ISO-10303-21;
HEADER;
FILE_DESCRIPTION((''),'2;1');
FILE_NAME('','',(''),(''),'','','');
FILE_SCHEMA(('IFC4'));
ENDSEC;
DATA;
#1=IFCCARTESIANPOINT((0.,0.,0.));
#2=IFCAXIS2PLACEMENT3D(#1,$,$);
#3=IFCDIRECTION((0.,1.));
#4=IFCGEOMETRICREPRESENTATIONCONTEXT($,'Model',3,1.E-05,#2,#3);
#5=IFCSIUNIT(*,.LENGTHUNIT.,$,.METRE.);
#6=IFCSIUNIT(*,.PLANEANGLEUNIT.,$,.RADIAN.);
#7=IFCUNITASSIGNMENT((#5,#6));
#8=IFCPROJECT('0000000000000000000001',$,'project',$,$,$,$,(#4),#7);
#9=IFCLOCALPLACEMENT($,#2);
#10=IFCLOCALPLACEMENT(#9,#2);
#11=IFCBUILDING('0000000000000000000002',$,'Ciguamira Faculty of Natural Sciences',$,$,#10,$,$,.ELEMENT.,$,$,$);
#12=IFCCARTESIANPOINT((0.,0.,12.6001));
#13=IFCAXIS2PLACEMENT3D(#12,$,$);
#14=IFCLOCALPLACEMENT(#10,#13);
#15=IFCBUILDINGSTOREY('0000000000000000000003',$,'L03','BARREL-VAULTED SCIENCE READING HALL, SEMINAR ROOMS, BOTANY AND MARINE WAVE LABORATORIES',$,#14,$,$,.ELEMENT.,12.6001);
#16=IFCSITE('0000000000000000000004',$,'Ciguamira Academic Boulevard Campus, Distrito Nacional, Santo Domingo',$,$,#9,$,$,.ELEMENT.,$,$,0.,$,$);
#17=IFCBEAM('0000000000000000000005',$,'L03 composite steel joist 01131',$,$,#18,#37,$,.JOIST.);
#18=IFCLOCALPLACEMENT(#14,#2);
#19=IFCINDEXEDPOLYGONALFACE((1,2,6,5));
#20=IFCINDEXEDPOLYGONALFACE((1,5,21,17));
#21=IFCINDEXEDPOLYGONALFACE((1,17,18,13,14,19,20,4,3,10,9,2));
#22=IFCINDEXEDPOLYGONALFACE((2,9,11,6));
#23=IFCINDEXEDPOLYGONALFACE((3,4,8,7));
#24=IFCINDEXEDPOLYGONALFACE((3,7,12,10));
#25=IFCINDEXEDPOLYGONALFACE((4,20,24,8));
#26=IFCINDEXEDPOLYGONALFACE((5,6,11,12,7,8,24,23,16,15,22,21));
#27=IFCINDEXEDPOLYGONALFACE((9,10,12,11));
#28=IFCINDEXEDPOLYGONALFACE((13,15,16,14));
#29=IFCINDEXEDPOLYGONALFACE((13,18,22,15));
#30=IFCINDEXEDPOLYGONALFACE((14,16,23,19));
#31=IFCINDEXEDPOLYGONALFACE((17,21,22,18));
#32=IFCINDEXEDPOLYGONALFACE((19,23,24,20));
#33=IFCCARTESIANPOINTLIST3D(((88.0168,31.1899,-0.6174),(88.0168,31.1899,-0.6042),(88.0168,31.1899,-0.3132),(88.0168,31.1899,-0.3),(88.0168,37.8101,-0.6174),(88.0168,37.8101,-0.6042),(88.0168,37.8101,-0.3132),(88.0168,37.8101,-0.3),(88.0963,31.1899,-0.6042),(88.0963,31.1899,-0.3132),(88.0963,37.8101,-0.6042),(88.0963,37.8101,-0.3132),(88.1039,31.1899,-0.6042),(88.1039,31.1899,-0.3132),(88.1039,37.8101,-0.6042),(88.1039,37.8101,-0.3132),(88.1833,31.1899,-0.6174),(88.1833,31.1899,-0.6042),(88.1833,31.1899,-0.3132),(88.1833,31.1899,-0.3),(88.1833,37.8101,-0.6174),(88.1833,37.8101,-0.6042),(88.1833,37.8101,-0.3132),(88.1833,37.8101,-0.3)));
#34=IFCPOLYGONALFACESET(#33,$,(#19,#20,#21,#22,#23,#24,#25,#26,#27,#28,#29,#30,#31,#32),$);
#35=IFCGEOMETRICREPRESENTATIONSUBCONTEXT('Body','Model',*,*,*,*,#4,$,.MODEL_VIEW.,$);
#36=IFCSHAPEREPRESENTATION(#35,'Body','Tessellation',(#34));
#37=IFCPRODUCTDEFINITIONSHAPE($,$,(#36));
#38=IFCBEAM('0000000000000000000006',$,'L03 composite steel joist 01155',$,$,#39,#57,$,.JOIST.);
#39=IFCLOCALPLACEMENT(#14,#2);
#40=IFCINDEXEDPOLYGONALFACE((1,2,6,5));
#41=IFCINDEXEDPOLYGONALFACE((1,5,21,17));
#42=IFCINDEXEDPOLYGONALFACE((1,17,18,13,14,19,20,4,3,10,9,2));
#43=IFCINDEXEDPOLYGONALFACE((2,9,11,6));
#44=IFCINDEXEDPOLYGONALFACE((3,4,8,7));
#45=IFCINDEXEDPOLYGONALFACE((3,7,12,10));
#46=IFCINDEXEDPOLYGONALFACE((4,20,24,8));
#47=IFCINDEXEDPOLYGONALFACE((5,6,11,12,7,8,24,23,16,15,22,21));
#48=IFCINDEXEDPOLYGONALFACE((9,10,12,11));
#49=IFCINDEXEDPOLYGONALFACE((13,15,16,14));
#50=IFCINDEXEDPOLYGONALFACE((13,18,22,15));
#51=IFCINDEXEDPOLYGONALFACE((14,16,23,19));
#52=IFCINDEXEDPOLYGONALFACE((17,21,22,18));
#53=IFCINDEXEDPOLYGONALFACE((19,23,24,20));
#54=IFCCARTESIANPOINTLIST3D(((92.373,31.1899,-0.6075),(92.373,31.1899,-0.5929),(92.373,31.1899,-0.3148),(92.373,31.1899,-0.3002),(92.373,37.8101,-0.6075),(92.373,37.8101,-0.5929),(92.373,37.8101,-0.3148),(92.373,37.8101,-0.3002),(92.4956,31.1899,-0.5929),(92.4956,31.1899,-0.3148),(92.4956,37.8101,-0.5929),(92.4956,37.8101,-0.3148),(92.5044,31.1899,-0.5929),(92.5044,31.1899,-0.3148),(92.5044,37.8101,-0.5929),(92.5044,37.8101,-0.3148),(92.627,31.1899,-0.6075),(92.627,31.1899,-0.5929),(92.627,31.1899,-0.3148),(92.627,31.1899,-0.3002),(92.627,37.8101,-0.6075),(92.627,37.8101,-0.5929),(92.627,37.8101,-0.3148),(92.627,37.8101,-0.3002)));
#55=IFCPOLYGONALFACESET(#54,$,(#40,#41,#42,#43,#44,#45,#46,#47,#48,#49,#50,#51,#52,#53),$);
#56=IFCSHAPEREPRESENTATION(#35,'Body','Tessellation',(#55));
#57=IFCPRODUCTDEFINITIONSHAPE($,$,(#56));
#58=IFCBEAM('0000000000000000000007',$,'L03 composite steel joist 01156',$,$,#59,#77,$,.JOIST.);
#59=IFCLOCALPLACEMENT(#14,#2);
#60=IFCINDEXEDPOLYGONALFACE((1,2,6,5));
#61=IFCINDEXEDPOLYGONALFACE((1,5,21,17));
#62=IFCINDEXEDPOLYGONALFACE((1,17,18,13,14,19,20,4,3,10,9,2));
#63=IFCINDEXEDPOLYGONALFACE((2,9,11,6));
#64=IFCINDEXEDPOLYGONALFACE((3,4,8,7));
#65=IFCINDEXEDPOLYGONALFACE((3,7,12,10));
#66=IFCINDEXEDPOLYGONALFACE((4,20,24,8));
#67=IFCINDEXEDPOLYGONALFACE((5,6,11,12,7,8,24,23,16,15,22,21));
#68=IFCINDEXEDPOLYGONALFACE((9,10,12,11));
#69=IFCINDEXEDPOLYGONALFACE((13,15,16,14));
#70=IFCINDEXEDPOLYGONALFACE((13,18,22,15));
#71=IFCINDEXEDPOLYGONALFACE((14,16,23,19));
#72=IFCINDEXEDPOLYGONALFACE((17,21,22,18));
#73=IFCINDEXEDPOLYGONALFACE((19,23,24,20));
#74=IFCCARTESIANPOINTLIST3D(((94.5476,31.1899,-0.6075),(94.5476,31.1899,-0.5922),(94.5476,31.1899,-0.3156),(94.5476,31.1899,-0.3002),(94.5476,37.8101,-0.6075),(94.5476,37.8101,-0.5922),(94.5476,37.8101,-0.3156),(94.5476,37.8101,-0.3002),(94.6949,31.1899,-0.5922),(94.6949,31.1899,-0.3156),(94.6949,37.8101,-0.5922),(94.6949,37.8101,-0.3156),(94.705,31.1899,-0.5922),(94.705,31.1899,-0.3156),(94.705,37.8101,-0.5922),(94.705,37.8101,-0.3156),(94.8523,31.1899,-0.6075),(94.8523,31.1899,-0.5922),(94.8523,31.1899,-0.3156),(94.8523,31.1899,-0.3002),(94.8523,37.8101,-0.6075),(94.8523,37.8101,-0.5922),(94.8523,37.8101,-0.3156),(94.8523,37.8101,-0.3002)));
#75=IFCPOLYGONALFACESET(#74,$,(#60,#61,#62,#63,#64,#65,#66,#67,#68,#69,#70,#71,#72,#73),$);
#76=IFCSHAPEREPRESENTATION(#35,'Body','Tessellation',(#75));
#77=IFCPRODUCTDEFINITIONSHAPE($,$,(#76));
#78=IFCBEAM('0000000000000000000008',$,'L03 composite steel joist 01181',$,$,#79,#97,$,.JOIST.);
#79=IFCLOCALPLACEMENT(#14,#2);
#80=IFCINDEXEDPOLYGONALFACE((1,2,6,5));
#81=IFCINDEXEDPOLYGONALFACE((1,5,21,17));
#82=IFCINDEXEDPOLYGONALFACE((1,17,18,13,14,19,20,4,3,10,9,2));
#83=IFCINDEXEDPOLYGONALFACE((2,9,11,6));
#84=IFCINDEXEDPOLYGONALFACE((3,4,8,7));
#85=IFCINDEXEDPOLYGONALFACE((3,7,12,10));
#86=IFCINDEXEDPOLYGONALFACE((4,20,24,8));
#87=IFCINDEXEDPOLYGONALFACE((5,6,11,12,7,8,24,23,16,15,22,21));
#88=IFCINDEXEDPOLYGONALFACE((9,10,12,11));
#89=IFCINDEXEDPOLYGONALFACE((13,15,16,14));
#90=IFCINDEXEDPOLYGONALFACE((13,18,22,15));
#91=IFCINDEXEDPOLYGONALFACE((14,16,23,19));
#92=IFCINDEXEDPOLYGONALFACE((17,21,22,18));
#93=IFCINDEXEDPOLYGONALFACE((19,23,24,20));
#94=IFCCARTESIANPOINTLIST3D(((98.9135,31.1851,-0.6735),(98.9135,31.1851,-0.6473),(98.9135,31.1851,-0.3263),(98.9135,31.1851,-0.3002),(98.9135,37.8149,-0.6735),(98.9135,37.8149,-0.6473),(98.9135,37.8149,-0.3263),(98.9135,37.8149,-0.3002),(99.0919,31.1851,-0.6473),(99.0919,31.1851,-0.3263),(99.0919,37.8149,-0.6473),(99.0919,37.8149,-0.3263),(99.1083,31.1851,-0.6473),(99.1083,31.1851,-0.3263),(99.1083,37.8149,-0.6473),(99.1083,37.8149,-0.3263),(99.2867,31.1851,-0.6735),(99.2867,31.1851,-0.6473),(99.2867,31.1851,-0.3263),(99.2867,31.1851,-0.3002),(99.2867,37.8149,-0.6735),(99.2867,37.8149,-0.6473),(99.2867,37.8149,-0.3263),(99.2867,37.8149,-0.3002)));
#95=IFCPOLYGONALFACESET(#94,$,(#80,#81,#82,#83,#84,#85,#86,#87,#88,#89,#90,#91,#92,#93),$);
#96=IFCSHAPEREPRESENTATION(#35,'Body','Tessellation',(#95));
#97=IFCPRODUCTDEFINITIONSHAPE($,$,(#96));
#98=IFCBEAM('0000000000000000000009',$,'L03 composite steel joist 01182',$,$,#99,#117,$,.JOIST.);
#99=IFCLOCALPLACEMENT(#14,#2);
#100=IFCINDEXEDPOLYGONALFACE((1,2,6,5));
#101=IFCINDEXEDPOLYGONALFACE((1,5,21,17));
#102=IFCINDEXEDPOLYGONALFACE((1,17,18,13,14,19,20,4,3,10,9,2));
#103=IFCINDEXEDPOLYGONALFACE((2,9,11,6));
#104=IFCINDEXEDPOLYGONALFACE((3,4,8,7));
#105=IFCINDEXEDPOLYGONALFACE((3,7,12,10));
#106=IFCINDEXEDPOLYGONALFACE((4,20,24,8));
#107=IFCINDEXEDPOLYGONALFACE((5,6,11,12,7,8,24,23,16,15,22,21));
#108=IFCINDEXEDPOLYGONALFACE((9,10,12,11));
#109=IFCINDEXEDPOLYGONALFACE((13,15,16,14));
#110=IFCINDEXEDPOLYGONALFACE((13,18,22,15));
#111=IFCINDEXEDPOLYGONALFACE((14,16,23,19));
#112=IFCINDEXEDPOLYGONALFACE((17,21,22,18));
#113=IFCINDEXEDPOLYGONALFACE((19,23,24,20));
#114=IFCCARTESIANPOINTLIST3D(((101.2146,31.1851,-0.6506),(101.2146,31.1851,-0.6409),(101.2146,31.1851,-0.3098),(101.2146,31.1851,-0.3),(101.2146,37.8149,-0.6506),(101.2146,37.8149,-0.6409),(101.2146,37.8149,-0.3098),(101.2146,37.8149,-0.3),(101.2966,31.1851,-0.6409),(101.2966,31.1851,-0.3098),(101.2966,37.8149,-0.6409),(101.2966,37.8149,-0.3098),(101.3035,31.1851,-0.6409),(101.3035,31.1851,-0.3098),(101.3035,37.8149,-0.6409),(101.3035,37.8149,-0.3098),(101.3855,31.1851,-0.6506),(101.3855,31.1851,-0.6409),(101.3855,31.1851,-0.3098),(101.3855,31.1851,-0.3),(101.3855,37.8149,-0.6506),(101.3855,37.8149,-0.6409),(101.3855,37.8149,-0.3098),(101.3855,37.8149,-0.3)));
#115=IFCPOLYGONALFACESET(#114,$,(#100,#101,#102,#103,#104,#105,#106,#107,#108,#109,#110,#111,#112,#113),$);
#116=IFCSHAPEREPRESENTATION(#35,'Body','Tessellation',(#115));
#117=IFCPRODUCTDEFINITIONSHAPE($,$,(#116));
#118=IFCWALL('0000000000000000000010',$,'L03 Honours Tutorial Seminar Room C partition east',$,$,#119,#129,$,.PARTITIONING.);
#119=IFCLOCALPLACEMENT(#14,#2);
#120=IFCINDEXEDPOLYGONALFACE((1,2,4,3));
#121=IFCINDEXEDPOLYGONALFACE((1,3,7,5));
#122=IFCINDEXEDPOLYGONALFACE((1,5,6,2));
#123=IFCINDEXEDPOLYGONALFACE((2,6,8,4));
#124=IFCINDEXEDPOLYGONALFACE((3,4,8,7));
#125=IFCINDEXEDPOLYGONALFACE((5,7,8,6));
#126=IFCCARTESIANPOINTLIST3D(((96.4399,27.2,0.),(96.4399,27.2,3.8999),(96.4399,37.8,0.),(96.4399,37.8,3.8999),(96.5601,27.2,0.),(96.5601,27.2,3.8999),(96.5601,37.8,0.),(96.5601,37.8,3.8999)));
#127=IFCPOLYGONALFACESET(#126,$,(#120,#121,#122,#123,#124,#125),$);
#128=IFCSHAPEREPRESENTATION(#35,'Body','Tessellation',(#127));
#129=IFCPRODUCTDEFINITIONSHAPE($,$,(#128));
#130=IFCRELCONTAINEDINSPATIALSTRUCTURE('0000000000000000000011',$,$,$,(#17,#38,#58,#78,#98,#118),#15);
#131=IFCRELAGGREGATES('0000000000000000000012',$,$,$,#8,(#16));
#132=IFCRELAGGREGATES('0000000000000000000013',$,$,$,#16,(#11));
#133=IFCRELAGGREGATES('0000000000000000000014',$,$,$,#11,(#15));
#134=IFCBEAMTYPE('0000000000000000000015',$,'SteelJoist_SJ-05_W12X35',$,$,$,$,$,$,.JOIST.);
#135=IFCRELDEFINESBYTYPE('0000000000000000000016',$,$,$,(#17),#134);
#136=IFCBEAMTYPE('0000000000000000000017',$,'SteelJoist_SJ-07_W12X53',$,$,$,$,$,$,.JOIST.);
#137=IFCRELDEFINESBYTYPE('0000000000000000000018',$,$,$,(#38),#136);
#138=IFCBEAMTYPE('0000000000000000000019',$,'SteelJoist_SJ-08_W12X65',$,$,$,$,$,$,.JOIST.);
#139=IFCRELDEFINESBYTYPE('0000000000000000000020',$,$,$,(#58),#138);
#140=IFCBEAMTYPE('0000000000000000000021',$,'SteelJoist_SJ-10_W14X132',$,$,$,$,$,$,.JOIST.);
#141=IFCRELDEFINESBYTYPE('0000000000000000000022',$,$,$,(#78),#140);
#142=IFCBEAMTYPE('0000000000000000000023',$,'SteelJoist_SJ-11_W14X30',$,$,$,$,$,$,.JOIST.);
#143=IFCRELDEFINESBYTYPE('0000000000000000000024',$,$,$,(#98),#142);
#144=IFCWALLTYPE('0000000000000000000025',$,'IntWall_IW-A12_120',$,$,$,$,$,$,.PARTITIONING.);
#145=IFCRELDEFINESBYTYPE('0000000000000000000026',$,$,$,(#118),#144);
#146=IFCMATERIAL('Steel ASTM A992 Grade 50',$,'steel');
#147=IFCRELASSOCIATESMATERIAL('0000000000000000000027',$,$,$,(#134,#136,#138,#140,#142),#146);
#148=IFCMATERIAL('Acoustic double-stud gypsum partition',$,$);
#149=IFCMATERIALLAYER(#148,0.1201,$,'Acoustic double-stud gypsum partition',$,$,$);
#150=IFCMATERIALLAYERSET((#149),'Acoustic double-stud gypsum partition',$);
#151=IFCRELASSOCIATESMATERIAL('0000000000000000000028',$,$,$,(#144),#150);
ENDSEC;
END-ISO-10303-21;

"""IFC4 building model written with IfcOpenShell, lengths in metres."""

from ifc_helpers import new_model, si_unit, direction, frame, frame_2d, origin, origin_2d, place, context, subcontext, project, spatial, rectangle, i_section, extrude, material, layer, layer_set, material_profile, profile_set, type_object, element, save


model = new_model("IFC4")

# Units and contexts
model_context = context("Model", 3, precision=1e-05, world=origin(), true_north=direction((0.0, 1.0)))
body_context = subcontext(model_context, "Body", "Model", "MODEL_VIEW")
ifc_project = project(units=[si_unit("LENGTHUNIT", "METRE"), si_unit("PLANEANGLEUNIT", "RADIAN")], contexts=[model_context])

# Site, building, storey
site_placement = place(None, origin())
site = spatial("IfcSite", under=ifc_project, at=site_placement, Name="Ciguamira Academic Boulevard Campus, Distrito Nacional, Santo Domingo", CompositionType="ELEMENT", RefElevation=0.0)
building_placement = place(site_placement, origin())
building = spatial("IfcBuilding", under=site, at=building_placement, Name="Ciguamira Faculty of Natural Sciences", CompositionType="ELEMENT")
storey_placement = place(building_placement, frame((0.0, 0.0, 12.6001)))
storey = spatial("IfcBuildingStorey", under=building, at=storey_placement, Name="L03", Description="BARREL-VAULTED SCIENCE READING HALL, SEMINAR ROOMS, BOTANY AND MARINE WAVE LABORATORIES", CompositionType="ELEMENT", Elevation=12.6001)

# Beams
ifc_material_1 = material(Name="Steel ASTM A992 Grade 50", Category="steel")
ifc_material_profile_1 = material_profile(ifc_material_1, i_section(OverallWidth=0.1665, OverallDepth=0.3174, WebThickness=0.0076, FlangeThickness=0.0132, at=origin_2d()), Name="W12X35")
ifc_profile_set_1 = profile_set([ifc_material_profile_1], Name="Steel ASTM A992 Grade 50")
beam_type_1 = type_object("IfcBeamType", Name="SteelJoist_SJ-05_W12X35", PredefinedType="JOIST", material=ifc_profile_set_1)
beam_1_placement = place(storey_placement, frame((88.1001, 31.1899, -0.4587), z_axis=(0.0, 1.0, 0.0), x_axis=(-1.0, 0.0, 0.0)))
element("IfcBeam", 1, at=beam_1_placement, inside=storey, type_object=beam_type_1, Name="L03 composite steel joist 01131", PredefinedType="JOIST", context=body_context, shape_type="SweptSolid", body=[
    extrude(i_section(OverallWidth=0.1665, OverallDepth=0.3174, WebThickness=0.0076, FlangeThickness=0.0132, at=origin_2d()), origin(), (0.0, 0.0, 1.0), 6.6201),
])
ifc_material_profile_2 = material_profile(ifc_material_1, i_section(OverallWidth=0.2539, OverallDepth=0.3074, WebThickness=0.0088, FlangeThickness=0.0146, at=origin_2d()), Name="W12X53")
ifc_profile_set_2 = profile_set([ifc_material_profile_2], Name="Steel ASTM A992 Grade 50")
beam_type_2 = type_object("IfcBeamType", Name="SteelJoist_SJ-07_W12X53", PredefinedType="JOIST", material=ifc_profile_set_2)
beam_2_placement = place(storey_placement, frame((92.5, 31.1899, -0.4539), z_axis=(0.0, 1.0, 0.0), x_axis=(-1.0, 0.0, 0.0)))
element("IfcBeam", 2, at=beam_2_placement, inside=storey, type_object=beam_type_2, Name="L03 composite steel joist 01155", PredefinedType="JOIST", context=body_context, shape_type="SweptSolid", body=[
    extrude(i_section(OverallWidth=0.2539, OverallDepth=0.3074, WebThickness=0.0088, FlangeThickness=0.0146, at=origin_2d()), origin(), (0.0, 0.0, 1.0), 6.6201),
])
ifc_material_profile_3 = material_profile(ifc_material_1, i_section(OverallWidth=0.3047, OverallDepth=0.3074, WebThickness=0.01, FlangeThickness=0.0154, at=origin_2d()), Name="W12X65")
ifc_profile_set_3 = profile_set([ifc_material_profile_3], Name="Steel ASTM A992 Grade 50")
beam_type_3 = type_object("IfcBeamType", Name="SteelJoist_SJ-08_W12X65", PredefinedType="JOIST", material=ifc_profile_set_3)
beam_3_placement = place(storey_placement, frame((94.7, 31.1899, -0.4539), z_axis=(0.0, 1.0, 0.0), x_axis=(-1.0, 0.0, 0.0)))
element("IfcBeam", 3, at=beam_3_placement, inside=storey, type_object=beam_type_3, Name="L03 composite steel joist 01156", PredefinedType="JOIST", context=body_context, shape_type="SweptSolid", body=[
    extrude(i_section(OverallWidth=0.3047, OverallDepth=0.3074, WebThickness=0.01, FlangeThickness=0.0154, at=origin_2d()), origin(), (0.0, 0.0, 1.0), 6.6201),
])
ifc_material_profile_4 = material_profile(ifc_material_1, i_section(OverallWidth=0.3733, OverallDepth=0.3733, WebThickness=0.0164, FlangeThickness=0.0261, at=origin_2d()), Name="W14X132")
ifc_profile_set_4 = profile_set([ifc_material_profile_4], Name="Steel ASTM A992 Grade 50")
beam_type_4 = type_object("IfcBeamType", Name="SteelJoist_SJ-10_W14X132", PredefinedType="JOIST", material=ifc_profile_set_4)
beam_4_placement = place(storey_placement, frame((99.1001, 31.1851, -0.4868), z_axis=(0.0, 1.0, 0.0), x_axis=(-1.0, 0.0, 0.0)))
element("IfcBeam", 4, at=beam_4_placement, inside=storey, type_object=beam_type_4, Name="L03 composite steel joist 01181", PredefinedType="JOIST", context=body_context, shape_type="SweptSolid", body=[
    extrude(i_section(OverallWidth=0.3733, OverallDepth=0.3733, WebThickness=0.0164, FlangeThickness=0.0261, at=origin_2d()), origin(), (0.0, 0.0, 1.0), 6.6299),
])
ifc_material_profile_5 = material_profile(ifc_material_1, i_section(OverallWidth=0.1709, OverallDepth=0.3506, WebThickness=0.0068, FlangeThickness=0.0098, at=origin_2d()), Name="W14X30")
ifc_profile_set_5 = profile_set([ifc_material_profile_5], Name="Steel ASTM A992 Grade 50")
beam_type_5 = type_object("IfcBeamType", Name="SteelJoist_SJ-11_W14X30", PredefinedType="JOIST", material=ifc_profile_set_5)
beam_5_placement = place(storey_placement, frame((101.3, 31.1851, -0.4753), z_axis=(0.0, 1.0, 0.0), x_axis=(-1.0, 0.0, 0.0)))
element("IfcBeam", 5, at=beam_5_placement, inside=storey, type_object=beam_type_5, Name="L03 composite steel joist 01182", PredefinedType="JOIST", context=body_context, shape_type="SweptSolid", body=[
    extrude(i_section(OverallWidth=0.1709, OverallDepth=0.3506, WebThickness=0.0068, FlangeThickness=0.0098, at=origin_2d()), origin(), (0.0, 0.0, 1.0), 6.6299),
])

# Wall
ifc_material_2 = material(Name="Acoustic double-stud gypsum partition")
ifc_layer = layer(ifc_material_2, 0.1201, Name="Acoustic double-stud gypsum partition")
ifc_layer_set = layer_set([ifc_layer], Name="Acoustic double-stud gypsum partition")
wall_type = type_object("IfcWallType", Name="IntWall_IW-A12_120", PredefinedType="PARTITIONING", material=ifc_layer_set)
wall_placement = place(storey_placement, frame((96.5, 27.2, 0.0), z_axis=(0.0, 0.0, 1.0), x_axis=(0.0, 1.0, 0.0)))
element("IfcWall", 6, at=wall_placement, inside=storey, type_object=wall_type, Name="L03 Honours Tutorial Seminar Room C partition east", PredefinedType="PARTITIONING", context=body_context, shape_type="SweptSolid", body=[
    extrude(rectangle(XDim=10.6001, YDim=0.1201, at=frame_2d((5.3, 0.0))), origin(), (0.0, 0.0, 1.0), 3.8999),
])

save(model, "model.ifc")
